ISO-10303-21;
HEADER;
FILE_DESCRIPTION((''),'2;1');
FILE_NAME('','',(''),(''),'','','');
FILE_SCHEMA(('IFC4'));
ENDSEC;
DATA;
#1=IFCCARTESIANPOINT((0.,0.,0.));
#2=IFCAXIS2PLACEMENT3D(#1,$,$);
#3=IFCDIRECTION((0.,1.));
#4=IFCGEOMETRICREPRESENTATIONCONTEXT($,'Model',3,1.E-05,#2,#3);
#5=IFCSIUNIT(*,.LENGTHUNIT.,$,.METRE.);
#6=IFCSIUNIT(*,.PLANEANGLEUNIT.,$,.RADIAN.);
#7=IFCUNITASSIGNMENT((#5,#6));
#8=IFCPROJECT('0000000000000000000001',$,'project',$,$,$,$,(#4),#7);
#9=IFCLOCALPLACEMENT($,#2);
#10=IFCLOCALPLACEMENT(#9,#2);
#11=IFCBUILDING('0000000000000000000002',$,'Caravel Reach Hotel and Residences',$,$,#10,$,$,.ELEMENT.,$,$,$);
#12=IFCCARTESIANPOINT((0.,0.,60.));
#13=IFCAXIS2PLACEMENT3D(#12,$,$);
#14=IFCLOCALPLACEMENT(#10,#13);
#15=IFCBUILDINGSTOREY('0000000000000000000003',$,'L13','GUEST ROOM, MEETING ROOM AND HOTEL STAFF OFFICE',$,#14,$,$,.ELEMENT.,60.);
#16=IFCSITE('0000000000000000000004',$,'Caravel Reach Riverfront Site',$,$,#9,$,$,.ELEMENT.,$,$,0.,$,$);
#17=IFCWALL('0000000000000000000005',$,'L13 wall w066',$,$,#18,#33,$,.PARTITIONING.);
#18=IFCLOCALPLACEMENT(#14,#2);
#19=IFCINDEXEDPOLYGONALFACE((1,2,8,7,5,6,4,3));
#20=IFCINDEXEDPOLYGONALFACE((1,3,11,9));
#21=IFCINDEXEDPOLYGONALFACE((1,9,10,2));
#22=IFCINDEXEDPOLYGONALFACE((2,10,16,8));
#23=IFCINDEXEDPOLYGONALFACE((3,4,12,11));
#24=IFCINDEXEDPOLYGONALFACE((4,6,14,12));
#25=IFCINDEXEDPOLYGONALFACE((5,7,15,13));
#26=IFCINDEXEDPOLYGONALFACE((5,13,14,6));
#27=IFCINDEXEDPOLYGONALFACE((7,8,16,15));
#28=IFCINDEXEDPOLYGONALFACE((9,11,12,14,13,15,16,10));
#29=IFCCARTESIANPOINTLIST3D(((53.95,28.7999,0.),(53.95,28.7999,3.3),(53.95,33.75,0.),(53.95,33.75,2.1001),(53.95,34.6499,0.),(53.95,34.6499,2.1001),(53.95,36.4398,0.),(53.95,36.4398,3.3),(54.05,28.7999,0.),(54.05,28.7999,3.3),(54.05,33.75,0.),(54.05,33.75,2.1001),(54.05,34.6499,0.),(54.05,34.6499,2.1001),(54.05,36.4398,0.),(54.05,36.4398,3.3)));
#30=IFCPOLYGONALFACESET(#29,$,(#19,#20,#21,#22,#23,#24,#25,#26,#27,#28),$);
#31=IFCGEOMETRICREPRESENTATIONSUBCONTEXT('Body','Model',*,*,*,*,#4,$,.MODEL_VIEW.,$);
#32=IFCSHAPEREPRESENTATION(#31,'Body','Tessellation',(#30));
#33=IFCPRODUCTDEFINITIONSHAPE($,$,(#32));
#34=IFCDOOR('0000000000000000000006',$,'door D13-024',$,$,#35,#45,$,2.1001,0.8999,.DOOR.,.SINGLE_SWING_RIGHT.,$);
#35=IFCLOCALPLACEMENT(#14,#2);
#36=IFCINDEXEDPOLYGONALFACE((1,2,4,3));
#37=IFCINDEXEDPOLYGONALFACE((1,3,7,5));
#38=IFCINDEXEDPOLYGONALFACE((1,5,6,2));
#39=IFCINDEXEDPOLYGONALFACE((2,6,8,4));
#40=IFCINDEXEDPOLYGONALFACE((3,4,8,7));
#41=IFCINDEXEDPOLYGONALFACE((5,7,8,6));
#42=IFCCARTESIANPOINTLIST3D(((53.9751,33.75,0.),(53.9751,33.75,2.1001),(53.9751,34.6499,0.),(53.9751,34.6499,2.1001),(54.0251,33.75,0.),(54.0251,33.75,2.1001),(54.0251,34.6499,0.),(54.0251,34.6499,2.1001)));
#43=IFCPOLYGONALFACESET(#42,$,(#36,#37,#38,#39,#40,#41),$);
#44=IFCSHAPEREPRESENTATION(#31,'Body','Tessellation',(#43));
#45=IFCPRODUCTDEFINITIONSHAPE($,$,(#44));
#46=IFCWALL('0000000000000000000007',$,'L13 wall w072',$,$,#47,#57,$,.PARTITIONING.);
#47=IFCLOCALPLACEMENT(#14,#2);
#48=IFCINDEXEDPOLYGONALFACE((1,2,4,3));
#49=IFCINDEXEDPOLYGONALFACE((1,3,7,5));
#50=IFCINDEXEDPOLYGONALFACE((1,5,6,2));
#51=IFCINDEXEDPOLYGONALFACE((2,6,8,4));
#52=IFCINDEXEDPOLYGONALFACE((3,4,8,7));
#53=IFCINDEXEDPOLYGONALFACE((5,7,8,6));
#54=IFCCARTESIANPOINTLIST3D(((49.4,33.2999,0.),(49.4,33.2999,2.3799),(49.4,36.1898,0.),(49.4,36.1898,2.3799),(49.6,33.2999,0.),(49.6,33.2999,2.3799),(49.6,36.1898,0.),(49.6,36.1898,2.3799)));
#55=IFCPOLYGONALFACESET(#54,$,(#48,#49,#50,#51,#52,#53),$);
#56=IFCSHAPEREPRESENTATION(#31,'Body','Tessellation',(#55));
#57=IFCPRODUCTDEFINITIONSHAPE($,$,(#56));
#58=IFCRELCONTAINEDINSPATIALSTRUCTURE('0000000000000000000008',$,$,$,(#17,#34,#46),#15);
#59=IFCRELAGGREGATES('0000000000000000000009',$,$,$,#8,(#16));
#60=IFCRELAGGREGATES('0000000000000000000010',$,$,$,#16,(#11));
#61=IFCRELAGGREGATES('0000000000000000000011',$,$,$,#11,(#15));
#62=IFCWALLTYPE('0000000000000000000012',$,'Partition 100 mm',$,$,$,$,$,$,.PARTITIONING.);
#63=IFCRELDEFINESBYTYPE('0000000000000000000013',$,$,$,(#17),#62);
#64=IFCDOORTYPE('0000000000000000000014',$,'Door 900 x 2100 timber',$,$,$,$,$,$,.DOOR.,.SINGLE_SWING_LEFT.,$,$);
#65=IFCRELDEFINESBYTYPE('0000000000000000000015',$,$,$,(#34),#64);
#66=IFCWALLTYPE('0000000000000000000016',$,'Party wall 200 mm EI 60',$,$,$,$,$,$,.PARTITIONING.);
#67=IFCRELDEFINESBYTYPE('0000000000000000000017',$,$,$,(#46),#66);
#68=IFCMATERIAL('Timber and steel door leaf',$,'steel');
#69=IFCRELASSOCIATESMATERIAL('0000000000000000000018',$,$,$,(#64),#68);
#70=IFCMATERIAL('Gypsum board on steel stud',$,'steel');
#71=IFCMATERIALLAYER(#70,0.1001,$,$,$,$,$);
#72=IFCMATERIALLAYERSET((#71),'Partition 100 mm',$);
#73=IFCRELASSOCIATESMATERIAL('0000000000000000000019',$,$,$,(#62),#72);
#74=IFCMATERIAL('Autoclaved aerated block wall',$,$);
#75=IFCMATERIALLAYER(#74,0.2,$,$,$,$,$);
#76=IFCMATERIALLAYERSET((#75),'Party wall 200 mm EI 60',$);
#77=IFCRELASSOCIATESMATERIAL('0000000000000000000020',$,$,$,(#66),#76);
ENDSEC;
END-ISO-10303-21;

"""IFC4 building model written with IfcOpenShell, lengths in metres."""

from ifc_helpers import new_model, si_unit, direction, frame, frame_2d, origin, place, context, subcontext, project, spatial, rectangle, extrude, material, layer, layer_set, type_object, element, fill, save


model = new_model("IFC4")

# Units and contexts
model_context = context("Model", 3, precision=1e-05, world=origin(), true_north=direction((0.0, 1.0)))
body_context = subcontext(model_context, "Body", "Model", "MODEL_VIEW")
ifc_project = project(units=[si_unit("LENGTHUNIT", "METRE"), si_unit("PLANEANGLEUNIT", "RADIAN")], contexts=[model_context])

# Site, building, storey
site_placement = place(None, origin())
site = spatial("IfcSite", under=ifc_project, at=site_placement, Name="Caravel Reach Riverfront Site", CompositionType="ELEMENT", RefElevation=0.0)
building_placement = place(site_placement, origin())
building = spatial("IfcBuilding", under=site, at=building_placement, Name="Caravel Reach Hotel and Residences", CompositionType="ELEMENT")
storey_placement = place(building_placement, frame((0.0, 0.0, 60.0)))
storey = spatial("IfcBuildingStorey", under=building, at=storey_placement, Name="L13", Description="GUEST ROOM, MEETING ROOM AND HOTEL STAFF OFFICE", CompositionType="ELEMENT", Elevation=60.0)

# Shared definitions
ifc_material_1 = material(Name="Timber and steel door leaf", Category="steel")
door_type_1 = type_object("IfcDoorType", Name="Door 900 x 2100 timber", OperationType="SINGLE_SWING_LEFT", PredefinedType="DOOR", material=ifc_material_1)

# Shared definitions
ifc_material_2 = material(Name="Gypsum board on steel stud", Category="steel")
ifc_layer_1 = layer(ifc_material_2, 0.1001)
ifc_layer_set_1 = layer_set([ifc_layer_1], Name="Partition 100 mm")
wall_type_1 = type_object("IfcWallType", Name="Partition 100 mm", PredefinedType="PARTITIONING", material=ifc_layer_set_1)

# Wall, opening, door
wall_1_placement = place(storey_placement, frame((54.0, 28.8, 0.0), z_axis=(0.0, 0.0, 1.0), x_axis=(0.0, 1.0, 0.0)))
wall_1 = element("IfcWall", 1, at=wall_1_placement, inside=storey, type_object=wall_type_1, Name="L13 wall w066", PredefinedType="PARTITIONING", context=body_context, shape_type="SweptSolid", body=[
    extrude(rectangle(XDim=7.6399, YDim=0.1001, at=frame_2d((3.8198, 0.0))), origin(), (0.0, 0.0, 1.0), 3.3),
])
opening_1_placement = place(wall_1_placement, frame((4.95, 0.0, 0.0)))
opening_1 = element("IfcOpeningElement", 2, at=opening_1_placement, cuts=wall_1, PredefinedType="OPENING", context=body_context, shape_type="SweptSolid", body=[
    extrude(rectangle(XDim=0.8999, YDim=2.1001, at=frame_2d((0.45, 1.05))), frame((0.0, 0.0601, 0.0), z_axis=(0.0, -1.0, 0.0), x_axis=(1.0, 0.0, 0.0)), (0.0, 0.0, 1.0), 0.1201),
])
door_1_placement = place(opening_1_placement, origin())
door_1 = element("IfcDoor", 3, at=door_1_placement, inside=storey, type_object=door_type_1, Name="door D13-024", OperationType="SINGLE_SWING_RIGHT", OverallHeight=2.1001, OverallWidth=0.8999, PredefinedType="DOOR", context=body_context, shape_type="SweptSolid", body=[
    extrude(rectangle(XDim=0.8999, YDim=2.1001, at=frame_2d((0.45, 1.05))), frame((0.0, 0.0249, 0.0), z_axis=(0.0, -1.0, 0.0), x_axis=(1.0, 0.0, 0.0)), (0.0, 0.0, 1.0), 0.05),
])
fill(opening_1, door_1)

# Wall
ifc_material_3 = material(Name="Autoclaved aerated block wall")
ifc_layer_2 = layer(ifc_material_3, 0.2)
ifc_layer_set_2 = layer_set([ifc_layer_2], Name="Party wall 200 mm EI 60")
wall_type_2 = type_object("IfcWallType", Name="Party wall 200 mm EI 60", PredefinedType="PARTITIONING", material=ifc_layer_set_2)
wall_2_placement = place(storey_placement, frame((49.5, 33.3, 0.0), z_axis=(0.0, 0.0, 1.0), x_axis=(0.0, 1.0, 0.0)))
element("IfcWall", 4, at=wall_2_placement, inside=storey, type_object=wall_type_2, Name="L13 wall w072", PredefinedType="PARTITIONING", context=body_context, shape_type="SweptSolid", body=[
    extrude(rectangle(XDim=2.8899, YDim=0.2, at=frame_2d((1.4448, 0.0))), origin(), (0.0, 0.0, 1.0), 2.3799),
])

save(model, "model.ifc")
